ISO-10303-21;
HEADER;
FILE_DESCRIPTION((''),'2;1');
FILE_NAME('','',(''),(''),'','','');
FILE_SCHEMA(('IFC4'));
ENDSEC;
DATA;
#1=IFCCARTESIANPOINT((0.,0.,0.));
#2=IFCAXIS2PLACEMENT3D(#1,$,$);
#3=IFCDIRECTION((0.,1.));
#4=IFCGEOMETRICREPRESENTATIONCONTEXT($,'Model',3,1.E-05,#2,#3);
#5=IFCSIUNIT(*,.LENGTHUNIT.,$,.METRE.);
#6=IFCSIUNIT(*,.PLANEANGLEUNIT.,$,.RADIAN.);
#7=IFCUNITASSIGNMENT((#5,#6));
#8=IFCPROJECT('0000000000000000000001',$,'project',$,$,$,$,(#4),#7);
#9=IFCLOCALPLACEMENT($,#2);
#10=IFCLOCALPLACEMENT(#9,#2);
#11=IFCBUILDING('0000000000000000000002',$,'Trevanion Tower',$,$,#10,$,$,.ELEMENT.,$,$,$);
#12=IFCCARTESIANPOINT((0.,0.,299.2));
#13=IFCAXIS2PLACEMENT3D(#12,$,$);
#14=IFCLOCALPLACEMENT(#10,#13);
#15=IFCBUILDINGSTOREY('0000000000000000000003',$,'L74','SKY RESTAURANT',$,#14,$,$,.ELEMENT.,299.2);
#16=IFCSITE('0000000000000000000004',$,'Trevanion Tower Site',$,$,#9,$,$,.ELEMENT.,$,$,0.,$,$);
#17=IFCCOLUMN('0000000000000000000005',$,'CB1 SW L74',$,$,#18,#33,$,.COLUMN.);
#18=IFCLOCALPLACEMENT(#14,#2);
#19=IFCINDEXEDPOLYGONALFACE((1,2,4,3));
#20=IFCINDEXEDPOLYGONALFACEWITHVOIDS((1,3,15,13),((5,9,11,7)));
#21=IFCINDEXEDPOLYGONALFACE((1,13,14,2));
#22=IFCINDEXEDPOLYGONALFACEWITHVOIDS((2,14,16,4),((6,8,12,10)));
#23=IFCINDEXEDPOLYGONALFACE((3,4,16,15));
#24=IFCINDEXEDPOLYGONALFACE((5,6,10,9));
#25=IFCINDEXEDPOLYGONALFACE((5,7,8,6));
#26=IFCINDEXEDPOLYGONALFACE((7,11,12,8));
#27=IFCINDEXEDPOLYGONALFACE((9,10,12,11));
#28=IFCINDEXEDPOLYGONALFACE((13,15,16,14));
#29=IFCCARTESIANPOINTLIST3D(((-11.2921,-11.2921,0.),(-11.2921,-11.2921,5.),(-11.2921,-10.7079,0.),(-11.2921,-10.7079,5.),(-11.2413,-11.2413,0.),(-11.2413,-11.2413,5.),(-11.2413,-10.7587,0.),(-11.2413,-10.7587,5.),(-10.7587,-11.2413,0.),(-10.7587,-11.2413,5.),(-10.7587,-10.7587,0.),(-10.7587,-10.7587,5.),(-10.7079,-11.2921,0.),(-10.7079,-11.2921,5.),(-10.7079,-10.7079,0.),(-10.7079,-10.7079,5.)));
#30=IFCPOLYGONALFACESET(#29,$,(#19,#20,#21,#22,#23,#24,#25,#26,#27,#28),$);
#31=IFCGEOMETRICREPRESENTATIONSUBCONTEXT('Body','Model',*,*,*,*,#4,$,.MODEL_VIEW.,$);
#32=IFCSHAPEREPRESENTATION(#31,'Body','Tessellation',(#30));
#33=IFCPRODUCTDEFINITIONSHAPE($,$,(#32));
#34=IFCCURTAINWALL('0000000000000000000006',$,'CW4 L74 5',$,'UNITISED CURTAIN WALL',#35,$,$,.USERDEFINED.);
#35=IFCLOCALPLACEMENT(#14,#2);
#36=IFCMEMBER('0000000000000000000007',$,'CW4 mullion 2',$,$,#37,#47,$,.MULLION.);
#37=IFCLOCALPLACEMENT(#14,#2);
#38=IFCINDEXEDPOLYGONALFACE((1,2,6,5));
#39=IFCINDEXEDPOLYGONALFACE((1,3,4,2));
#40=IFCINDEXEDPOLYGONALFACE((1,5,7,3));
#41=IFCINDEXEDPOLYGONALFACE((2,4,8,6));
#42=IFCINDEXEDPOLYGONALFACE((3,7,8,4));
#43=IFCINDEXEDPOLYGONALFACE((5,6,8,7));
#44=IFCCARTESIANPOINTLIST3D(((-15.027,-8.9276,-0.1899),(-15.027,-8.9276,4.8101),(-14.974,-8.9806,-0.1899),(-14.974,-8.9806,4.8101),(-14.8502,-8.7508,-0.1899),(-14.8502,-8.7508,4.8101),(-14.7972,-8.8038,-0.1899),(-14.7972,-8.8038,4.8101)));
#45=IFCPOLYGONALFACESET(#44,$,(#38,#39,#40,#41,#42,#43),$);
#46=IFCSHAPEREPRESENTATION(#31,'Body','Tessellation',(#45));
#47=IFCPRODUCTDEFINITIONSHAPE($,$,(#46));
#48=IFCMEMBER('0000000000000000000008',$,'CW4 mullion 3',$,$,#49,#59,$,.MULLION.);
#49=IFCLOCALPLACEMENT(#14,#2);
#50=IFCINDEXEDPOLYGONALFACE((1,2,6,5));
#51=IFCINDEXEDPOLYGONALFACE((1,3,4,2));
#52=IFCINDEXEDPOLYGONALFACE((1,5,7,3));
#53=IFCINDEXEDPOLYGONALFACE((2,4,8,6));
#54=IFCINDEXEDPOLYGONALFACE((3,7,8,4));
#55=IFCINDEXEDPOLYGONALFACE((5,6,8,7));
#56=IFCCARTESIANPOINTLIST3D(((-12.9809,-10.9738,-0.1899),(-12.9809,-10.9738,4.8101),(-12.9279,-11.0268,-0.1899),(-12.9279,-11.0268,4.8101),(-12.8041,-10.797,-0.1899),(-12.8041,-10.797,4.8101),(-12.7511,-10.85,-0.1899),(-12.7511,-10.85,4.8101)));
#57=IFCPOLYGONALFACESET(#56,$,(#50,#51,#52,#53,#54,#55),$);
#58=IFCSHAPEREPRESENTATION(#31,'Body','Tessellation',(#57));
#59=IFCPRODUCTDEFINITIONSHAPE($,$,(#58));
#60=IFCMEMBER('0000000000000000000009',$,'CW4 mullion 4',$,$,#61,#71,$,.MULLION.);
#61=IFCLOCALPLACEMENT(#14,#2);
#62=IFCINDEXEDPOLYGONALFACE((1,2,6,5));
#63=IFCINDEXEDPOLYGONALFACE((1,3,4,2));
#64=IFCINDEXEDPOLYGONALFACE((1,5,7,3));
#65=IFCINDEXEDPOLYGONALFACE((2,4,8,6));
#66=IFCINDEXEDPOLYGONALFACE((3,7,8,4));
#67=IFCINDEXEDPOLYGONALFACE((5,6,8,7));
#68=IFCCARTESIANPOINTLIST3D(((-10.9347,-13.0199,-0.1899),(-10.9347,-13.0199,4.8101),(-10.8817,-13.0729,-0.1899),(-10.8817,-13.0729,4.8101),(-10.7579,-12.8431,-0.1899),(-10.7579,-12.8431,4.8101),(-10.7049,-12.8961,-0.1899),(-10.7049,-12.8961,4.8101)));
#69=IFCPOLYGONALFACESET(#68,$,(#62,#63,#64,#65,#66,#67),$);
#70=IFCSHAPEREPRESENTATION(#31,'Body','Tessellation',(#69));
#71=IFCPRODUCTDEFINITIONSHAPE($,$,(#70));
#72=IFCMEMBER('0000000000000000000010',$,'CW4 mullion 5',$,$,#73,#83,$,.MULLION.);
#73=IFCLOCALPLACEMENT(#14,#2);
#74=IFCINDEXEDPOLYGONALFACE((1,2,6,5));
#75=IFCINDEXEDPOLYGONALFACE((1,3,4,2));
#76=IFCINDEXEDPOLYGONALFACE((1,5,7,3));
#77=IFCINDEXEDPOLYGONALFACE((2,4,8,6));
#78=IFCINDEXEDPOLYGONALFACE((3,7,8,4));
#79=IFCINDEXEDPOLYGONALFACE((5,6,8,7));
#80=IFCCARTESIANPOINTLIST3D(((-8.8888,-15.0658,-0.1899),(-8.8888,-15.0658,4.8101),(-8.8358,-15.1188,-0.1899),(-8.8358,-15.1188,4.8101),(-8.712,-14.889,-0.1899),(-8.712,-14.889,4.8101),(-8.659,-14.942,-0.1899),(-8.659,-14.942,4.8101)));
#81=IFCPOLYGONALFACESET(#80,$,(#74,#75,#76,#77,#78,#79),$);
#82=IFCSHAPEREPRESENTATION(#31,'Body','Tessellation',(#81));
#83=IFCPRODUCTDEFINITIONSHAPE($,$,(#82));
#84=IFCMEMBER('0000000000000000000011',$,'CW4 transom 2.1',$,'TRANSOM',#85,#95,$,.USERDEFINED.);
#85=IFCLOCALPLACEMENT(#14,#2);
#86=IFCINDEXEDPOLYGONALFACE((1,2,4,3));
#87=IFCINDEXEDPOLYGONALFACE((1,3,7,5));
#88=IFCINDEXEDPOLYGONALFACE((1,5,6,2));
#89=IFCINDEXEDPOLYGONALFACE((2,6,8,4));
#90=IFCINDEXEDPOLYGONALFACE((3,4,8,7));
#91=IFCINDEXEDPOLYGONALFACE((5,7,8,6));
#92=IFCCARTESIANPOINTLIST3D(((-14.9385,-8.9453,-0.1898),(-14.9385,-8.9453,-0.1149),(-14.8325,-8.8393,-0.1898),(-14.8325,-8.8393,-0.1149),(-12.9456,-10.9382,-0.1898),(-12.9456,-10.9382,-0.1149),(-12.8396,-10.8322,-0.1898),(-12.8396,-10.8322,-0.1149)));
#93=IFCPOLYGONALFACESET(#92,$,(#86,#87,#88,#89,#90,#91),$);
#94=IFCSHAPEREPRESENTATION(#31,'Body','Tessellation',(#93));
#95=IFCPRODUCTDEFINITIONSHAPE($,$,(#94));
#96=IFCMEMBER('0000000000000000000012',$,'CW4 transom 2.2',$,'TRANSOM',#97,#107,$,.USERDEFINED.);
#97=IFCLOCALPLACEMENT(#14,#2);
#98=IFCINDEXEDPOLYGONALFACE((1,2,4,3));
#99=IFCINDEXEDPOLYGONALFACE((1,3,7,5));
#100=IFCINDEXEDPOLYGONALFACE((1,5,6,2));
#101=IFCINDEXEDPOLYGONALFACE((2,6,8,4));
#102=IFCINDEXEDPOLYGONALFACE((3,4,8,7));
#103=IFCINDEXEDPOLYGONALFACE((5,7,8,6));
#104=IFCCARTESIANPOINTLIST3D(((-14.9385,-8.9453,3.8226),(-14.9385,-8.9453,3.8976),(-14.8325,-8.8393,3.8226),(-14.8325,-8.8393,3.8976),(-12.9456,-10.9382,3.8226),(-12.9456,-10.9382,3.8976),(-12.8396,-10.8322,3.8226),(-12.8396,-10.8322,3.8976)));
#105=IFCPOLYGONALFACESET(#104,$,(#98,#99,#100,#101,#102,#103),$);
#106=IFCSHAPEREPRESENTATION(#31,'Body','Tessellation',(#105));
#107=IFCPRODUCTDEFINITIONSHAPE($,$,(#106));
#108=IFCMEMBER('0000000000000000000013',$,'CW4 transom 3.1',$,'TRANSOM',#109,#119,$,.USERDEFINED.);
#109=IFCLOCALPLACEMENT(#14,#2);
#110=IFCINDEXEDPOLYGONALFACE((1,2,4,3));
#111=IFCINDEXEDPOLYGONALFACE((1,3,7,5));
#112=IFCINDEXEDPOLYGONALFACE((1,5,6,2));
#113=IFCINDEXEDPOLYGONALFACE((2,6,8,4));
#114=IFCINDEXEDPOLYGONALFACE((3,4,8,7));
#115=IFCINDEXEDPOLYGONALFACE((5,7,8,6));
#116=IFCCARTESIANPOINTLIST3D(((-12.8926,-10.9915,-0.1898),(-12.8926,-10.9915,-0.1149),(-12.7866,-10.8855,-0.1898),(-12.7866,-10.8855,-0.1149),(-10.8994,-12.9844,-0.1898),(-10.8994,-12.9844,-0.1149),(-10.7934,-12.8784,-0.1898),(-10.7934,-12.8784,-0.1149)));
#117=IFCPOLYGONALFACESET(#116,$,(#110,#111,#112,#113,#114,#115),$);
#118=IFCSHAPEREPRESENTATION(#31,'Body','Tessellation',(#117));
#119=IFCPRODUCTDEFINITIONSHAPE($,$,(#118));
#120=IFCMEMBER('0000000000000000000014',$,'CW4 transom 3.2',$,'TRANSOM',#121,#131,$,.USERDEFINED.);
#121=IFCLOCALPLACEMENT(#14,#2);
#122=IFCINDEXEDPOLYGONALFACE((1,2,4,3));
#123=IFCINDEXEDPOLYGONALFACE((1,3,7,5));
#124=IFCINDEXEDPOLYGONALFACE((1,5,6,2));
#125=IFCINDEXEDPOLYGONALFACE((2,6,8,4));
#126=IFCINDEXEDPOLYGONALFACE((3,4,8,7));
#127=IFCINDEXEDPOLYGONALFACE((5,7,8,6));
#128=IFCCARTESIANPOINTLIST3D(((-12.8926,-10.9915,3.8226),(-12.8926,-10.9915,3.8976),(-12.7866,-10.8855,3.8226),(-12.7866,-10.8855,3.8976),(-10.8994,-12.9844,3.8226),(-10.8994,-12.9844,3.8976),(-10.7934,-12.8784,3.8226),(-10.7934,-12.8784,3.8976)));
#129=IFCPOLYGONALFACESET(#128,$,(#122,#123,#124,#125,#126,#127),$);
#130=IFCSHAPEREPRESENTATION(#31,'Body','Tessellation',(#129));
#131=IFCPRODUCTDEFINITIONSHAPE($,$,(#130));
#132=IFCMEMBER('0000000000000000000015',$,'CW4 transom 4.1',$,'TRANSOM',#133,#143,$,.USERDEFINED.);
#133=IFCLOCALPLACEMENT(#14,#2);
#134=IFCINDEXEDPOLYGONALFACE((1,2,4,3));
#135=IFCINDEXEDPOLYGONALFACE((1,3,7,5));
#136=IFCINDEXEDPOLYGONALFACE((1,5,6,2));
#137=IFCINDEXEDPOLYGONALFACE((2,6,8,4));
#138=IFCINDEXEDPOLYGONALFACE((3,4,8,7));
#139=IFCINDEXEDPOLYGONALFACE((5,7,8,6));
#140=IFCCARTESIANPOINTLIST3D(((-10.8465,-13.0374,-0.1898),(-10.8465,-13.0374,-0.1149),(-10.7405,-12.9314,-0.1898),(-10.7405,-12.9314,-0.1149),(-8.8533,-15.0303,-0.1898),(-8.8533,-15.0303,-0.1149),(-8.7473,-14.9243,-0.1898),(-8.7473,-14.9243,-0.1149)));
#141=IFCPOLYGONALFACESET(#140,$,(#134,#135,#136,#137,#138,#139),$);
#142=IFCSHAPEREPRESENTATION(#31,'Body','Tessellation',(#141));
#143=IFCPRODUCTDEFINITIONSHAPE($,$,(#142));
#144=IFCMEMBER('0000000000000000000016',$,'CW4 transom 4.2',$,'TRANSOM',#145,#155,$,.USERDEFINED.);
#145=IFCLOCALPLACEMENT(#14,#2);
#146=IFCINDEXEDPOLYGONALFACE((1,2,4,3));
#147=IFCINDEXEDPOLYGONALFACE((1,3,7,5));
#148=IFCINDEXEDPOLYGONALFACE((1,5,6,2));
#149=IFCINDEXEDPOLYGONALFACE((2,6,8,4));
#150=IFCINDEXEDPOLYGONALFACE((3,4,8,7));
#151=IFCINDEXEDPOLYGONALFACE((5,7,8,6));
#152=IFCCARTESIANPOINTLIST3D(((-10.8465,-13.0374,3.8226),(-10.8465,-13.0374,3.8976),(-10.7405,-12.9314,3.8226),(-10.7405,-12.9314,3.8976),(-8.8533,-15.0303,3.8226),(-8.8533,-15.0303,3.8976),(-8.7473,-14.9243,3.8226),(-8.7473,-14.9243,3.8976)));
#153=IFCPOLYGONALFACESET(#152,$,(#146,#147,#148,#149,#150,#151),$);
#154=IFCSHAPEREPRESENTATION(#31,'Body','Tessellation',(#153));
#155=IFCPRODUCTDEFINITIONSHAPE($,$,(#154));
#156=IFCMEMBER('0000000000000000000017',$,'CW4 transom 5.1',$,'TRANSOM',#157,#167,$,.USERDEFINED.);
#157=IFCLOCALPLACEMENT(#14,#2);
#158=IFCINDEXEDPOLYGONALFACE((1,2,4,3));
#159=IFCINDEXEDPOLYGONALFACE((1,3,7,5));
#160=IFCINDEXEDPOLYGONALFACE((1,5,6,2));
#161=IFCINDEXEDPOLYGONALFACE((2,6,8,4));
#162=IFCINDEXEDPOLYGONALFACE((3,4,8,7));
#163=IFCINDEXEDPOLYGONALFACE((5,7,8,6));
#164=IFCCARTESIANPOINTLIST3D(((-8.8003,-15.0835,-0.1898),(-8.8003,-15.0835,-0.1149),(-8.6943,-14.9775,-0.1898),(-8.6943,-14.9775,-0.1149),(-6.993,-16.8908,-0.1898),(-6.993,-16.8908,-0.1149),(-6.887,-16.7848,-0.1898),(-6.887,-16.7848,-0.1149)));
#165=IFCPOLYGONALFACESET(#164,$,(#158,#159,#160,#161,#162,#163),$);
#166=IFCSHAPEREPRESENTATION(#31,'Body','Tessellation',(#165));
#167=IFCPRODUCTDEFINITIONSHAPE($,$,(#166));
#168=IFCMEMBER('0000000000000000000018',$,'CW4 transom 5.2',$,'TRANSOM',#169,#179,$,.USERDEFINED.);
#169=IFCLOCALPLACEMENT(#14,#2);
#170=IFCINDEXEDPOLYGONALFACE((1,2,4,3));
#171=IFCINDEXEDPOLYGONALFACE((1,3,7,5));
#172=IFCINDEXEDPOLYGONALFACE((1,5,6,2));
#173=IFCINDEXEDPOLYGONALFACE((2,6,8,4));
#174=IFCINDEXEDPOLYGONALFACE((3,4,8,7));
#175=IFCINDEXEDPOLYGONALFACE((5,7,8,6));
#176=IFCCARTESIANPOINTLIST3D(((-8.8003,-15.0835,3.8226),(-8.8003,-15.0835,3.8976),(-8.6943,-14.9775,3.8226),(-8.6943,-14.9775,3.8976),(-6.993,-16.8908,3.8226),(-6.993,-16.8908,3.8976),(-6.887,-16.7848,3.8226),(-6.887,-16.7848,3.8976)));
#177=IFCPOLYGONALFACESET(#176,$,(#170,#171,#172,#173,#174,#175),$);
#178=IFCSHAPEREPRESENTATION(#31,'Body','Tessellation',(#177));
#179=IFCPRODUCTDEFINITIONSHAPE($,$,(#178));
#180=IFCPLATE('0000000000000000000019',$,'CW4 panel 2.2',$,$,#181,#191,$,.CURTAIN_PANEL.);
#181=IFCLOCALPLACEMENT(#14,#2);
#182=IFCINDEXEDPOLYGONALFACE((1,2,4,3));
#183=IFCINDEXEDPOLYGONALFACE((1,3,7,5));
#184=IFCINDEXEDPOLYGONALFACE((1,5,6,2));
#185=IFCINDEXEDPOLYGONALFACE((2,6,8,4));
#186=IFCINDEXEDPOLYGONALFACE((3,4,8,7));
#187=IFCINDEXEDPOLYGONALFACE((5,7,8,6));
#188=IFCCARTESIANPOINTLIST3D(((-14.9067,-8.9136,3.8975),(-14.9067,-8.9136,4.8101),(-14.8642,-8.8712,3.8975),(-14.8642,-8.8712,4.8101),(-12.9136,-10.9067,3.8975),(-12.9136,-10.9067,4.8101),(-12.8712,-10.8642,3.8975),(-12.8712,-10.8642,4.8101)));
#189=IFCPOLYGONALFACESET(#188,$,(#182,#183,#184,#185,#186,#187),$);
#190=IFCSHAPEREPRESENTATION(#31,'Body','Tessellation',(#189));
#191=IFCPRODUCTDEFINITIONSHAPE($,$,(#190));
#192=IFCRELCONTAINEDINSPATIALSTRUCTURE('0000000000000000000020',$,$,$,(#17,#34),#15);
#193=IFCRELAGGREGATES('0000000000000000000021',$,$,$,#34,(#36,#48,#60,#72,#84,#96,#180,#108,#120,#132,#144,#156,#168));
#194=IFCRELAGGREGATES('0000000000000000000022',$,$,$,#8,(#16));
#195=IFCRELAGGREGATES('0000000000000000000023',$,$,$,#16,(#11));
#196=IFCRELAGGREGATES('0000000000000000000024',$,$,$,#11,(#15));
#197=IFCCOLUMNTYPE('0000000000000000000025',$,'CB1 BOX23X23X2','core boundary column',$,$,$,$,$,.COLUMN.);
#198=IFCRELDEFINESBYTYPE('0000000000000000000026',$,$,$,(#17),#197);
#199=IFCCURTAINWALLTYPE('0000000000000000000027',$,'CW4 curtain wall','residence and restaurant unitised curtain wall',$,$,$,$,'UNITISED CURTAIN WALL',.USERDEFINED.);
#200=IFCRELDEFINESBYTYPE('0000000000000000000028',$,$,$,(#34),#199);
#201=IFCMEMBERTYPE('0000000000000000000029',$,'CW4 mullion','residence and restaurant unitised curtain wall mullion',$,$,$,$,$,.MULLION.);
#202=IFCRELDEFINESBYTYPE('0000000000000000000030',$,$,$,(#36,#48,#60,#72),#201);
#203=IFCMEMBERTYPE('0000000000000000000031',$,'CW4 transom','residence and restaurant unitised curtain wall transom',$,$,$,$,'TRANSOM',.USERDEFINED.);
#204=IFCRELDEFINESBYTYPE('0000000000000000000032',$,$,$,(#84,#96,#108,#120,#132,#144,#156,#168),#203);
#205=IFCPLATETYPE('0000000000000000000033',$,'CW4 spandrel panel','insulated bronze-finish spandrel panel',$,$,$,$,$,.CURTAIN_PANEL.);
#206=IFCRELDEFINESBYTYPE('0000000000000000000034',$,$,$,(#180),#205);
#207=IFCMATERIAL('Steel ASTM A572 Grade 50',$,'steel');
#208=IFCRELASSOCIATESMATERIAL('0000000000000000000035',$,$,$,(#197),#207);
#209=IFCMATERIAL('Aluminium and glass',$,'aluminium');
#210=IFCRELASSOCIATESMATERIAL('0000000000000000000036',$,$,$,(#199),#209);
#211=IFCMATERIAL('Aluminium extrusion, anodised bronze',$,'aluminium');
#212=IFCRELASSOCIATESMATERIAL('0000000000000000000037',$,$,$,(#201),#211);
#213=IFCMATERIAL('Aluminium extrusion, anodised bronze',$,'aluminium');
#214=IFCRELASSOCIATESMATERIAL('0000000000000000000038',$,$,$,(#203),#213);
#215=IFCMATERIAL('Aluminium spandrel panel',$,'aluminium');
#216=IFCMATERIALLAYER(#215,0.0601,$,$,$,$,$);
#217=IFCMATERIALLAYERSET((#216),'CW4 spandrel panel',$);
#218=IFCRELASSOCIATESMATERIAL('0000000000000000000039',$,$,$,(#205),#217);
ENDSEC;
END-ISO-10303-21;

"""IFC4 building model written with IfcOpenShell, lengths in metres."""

from ifc_helpers import new_model, si_unit, direction, frame, origin, origin_2d, place, context, subcontext, project, spatial, rectangle, hollow_rectangle, extrude, material, layer, layer_set, material_profile, profile_set, type_object, element, aggregate, save


model = new_model("IFC4")

# Units and contexts
model_context = context("Model", 3, precision=1e-05, world=origin(), true_north=direction((0.0, 1.0)))
body_context = subcontext(model_context, "Body", "Model", "MODEL_VIEW")
ifc_project = project(units=[si_unit("LENGTHUNIT", "METRE"), si_unit("PLANEANGLEUNIT", "RADIAN")], contexts=[model_context])

# Site, building, storey
site_placement = place(None, origin())
site = spatial("IfcSite", under=ifc_project, at=site_placement, Name="Trevanion Tower Site", CompositionType="ELEMENT", RefElevation=0.0)
building_placement = place(site_placement, origin())
building = spatial("IfcBuilding", under=site, at=building_placement, Name="Trevanion Tower", CompositionType="ELEMENT")
storey_placement = place(building_placement, frame((0.0, 0.0, 299.2)))
storey = spatial("IfcBuildingStorey", under=building, at=storey_placement, Name="L74", Description="SKY RESTAURANT", CompositionType="ELEMENT", Elevation=299.2)

# Column
ifc_material_1 = material(Name="Steel ASTM A572 Grade 50", Category="steel")
ifc_material_profile_1 = material_profile(ifc_material_1, hollow_rectangle(XDim=0.5842, YDim=0.5842, WallThickness=0.0508, at=origin_2d()), Name="BOX23X23X2")
ifc_profile_set_1 = profile_set([ifc_material_profile_1], Name="Steel ASTM A572 Grade 50")
column_type = type_object("IfcColumnType", Name="CB1 BOX23X23X2", Description="core boundary column", PredefinedType="COLUMN", material=ifc_profile_set_1)
column_placement = place(storey_placement, frame((-11.0, -11.0, 0.0), z_axis=(0.0, 0.0, 1.0), x_axis=(1.0, 0.0, 0.0)))
element("IfcColumn", 1, at=column_placement, inside=storey, type_object=column_type, Name="CB1 SW L74", PredefinedType="COLUMN", context=body_context, shape_type="SweptSolid", body=[
    extrude(hollow_rectangle(XDim=0.5842, YDim=0.5842, WallThickness=0.0508, at=origin_2d()), origin(), (0.0, 0.0, 1.0), 5.0),
])

# Curtain wall, members, plate
ifc_material_2 = material(Name="Aluminium and glass", Category="aluminium")
curtain_wall_type = type_object("IfcCurtainWallType", Name="CW4 curtain wall", Description="residence and restaurant unitised curtain wall", ElementType="UNITISED CURTAIN WALL", PredefinedType="USERDEFINED", material=ifc_material_2)
curtain_wall_placement = place(storey_placement, origin())
curtain_wall = element("IfcCurtainWall", 2, at=curtain_wall_placement, inside=storey, type_object=curtain_wall_type, Name="CW4 L74 5", ObjectType="UNITISED CURTAIN WALL", PredefinedType="USERDEFINED")
ifc_material_3 = material(Name="Aluminium extrusion, anodised bronze", Category="aluminium")
ifc_material_profile_2 = material_profile(ifc_material_3, rectangle(XDim=0.075, YDim=0.25, at=origin_2d()), Name="CW4 mullion")
ifc_profile_set_2 = profile_set([ifc_material_profile_2], Name="Aluminium extrusion, anodised bronze")
member_type_1 = type_object("IfcMemberType", Name="CW4 mullion", Description="residence and restaurant unitised curtain wall mullion", PredefinedType="MULLION", material=ifc_profile_set_2)
member_1_placement = place(storey_placement, frame((-14.9121, -8.8657, -0.1899), z_axis=(0.0, 0.0, 1.0), x_axis=(0.707107, -0.707107, 0.0)))
member_1 = element("IfcMember", 3, at=member_1_placement, type_object=member_type_1, Name="CW4 mullion 2", PredefinedType="MULLION", context=body_context, shape_type="SweptSolid", body=[
    extrude(rectangle(XDim=0.075, YDim=0.25, at=origin_2d()), origin(), (0.0, 0.0, 1.0), 5.0),
])
member_2_placement = place(storey_placement, frame((-12.866, -10.9119, -0.1899), z_axis=(0.0, 0.0, 1.0), x_axis=(0.707107, -0.707107, 0.0)))
member_2 = element("IfcMember", 4, at=member_2_placement, type_object=member_type_1, Name="CW4 mullion 3", PredefinedType="MULLION", context=body_context, shape_type="SweptSolid", body=[
    extrude(rectangle(XDim=0.075, YDim=0.25, at=origin_2d()), origin(), (0.0, 0.0, 1.0), 5.0),
])
member_3_placement = place(storey_placement, frame((-10.8198, -12.958, -0.1899), z_axis=(0.0, 0.0, 1.0), x_axis=(0.707107, -0.707107, 0.0)))
member_3 = element("IfcMember", 5, at=member_3_placement, type_object=member_type_1, Name="CW4 mullion 4", PredefinedType="MULLION", context=body_context, shape_type="SweptSolid", body=[
    extrude(rectangle(XDim=0.075, YDim=0.25, at=origin_2d()), origin(), (0.0, 0.0, 1.0), 5.0),
])
member_4_placement = place(storey_placement, frame((-8.7739, -15.0039, -0.1899), z_axis=(0.0, 0.0, 1.0), x_axis=(0.707107, -0.707107, 0.0)))
member_4 = element("IfcMember", 6, at=member_4_placement, type_object=member_type_1, Name="CW4 mullion 5", PredefinedType="MULLION", context=body_context, shape_type="SweptSolid", body=[
    extrude(rectangle(XDim=0.075, YDim=0.25, at=origin_2d()), origin(), (0.0, 0.0, 1.0), 5.0),
])
ifc_material_4 = material(Name="Aluminium extrusion, anodised bronze", Category="aluminium")
ifc_material_profile_3 = material_profile(ifc_material_4, rectangle(XDim=0.1499, YDim=0.075, at=origin_2d()), Name="CW4 transom")
ifc_profile_set_3 = profile_set([ifc_material_profile_3], Name="Aluminium extrusion, anodised bronze")
member_type_2 = type_object("IfcMemberType", Name="CW4 transom", Description="residence and restaurant unitised curtain wall transom", ElementType="TRANSOM", PredefinedType="USERDEFINED", material=ifc_profile_set_3)
member_5_placement = place(storey_placement, frame((-14.8855, -8.8923, -0.1523), z_axis=(0.707107, -0.707107, 0.0), x_axis=(0.707107, 0.707107, 0.0)))
member_5 = element("IfcMember", 7, at=member_5_placement, type_object=member_type_2, Name="CW4 transom 2.1", ObjectType="TRANSOM", PredefinedType="USERDEFINED", context=body_context, shape_type="SweptSolid", body=[
    extrude(rectangle(XDim=0.1499, YDim=0.075, at=origin_2d()), origin(), (0.0, 0.0, 1.0), 2.8184),
])
member_6_placement = place(storey_placement, frame((-14.8855, -8.8923, 3.8601), z_axis=(0.707107, -0.707107, 0.0), x_axis=(0.707107, 0.707107, 0.0)))
member_6 = element("IfcMember", 8, at=member_6_placement, type_object=member_type_2, Name="CW4 transom 2.2", ObjectType="TRANSOM", PredefinedType="USERDEFINED", context=body_context, shape_type="SweptSolid", body=[
    extrude(rectangle(XDim=0.1499, YDim=0.075, at=origin_2d()), origin(), (0.0, 0.0, 1.0), 2.8184),
])
member_7_placement = place(storey_placement, frame((-12.8396, -10.9385, -0.1523), z_axis=(0.70715, -0.707063, 0.0), x_axis=(0.707063, 0.70715, 0.0)))
member_7 = element("IfcMember", 9, at=member_7_placement, type_object=member_type_2, Name="CW4 transom 3.1", ObjectType="TRANSOM", PredefinedType="USERDEFINED", context=body_context, shape_type="SweptSolid", body=[
    extrude(rectangle(XDim=0.1499, YDim=0.075, at=origin_2d()), origin(), (0.0, 0.0, 1.0), 2.8186),
])
member_8_placement = place(storey_placement, frame((-12.8396, -10.9385, 3.8601), z_axis=(0.70715, -0.707063, 0.0), x_axis=(0.707063, 0.70715, 0.0)))
member_8 = element("IfcMember", 10, at=member_8_placement, type_object=member_type_2, Name="CW4 transom 3.2", ObjectType="TRANSOM", PredefinedType="USERDEFINED", context=body_context, shape_type="SweptSolid", body=[
    extrude(rectangle(XDim=0.1499, YDim=0.075, at=origin_2d()), origin(), (0.0, 0.0, 1.0), 2.8186),
])
member_9_placement = place(storey_placement, frame((-10.7935, -12.9844, -0.1523), z_axis=(0.70715, -0.707063, 0.0), x_axis=(0.707063, 0.70715, 0.0)))
member_9 = element("IfcMember", 11, at=member_9_placement, type_object=member_type_2, Name="CW4 transom 4.1", ObjectType="TRANSOM", PredefinedType="USERDEFINED", context=body_context, shape_type="SweptSolid", body=[
    extrude(rectangle(XDim=0.1499, YDim=0.075, at=origin_2d()), origin(), (0.0, 0.0, 1.0), 2.8186),
])
member_10_placement = place(storey_placement, frame((-10.7935, -12.9844, 3.8601), z_axis=(0.70715, -0.707063, 0.0), x_axis=(0.707063, 0.70715, 0.0)))
member_10 = element("IfcMember", 12, at=member_10_placement, type_object=member_type_2, Name="CW4 transom 4.2", ObjectType="TRANSOM", PredefinedType="USERDEFINED", context=body_context, shape_type="SweptSolid", body=[
    extrude(rectangle(XDim=0.1499, YDim=0.075, at=origin_2d()), origin(), (0.0, 0.0, 1.0), 2.8186),
])
member_11_placement = place(storey_placement, frame((-8.7473, -15.0305, -0.1523), z_axis=(0.707107, -0.707107, 0.0), x_axis=(0.707107, 0.707107, 0.0)))
member_11 = element("IfcMember", 13, at=member_11_placement, type_object=member_type_2, Name="CW4 transom 5.1", ObjectType="TRANSOM", PredefinedType="USERDEFINED", context=body_context, shape_type="SweptSolid", body=[
    extrude(rectangle(XDim=0.1499, YDim=0.075, at=origin_2d()), origin(), (0.0, 0.0, 1.0), 2.5559),
])
member_12_placement = place(storey_placement, frame((-8.7473, -15.0305, 3.8601), z_axis=(0.707107, -0.707107, 0.0), x_axis=(0.707107, 0.707107, 0.0)))
member_12 = element("IfcMember", 14, at=member_12_placement, type_object=member_type_2, Name="CW4 transom 5.2", ObjectType="TRANSOM", PredefinedType="USERDEFINED", context=body_context, shape_type="SweptSolid", body=[
    extrude(rectangle(XDim=0.1499, YDim=0.075, at=origin_2d()), origin(), (0.0, 0.0, 1.0), 2.5559),
])
ifc_material_5 = material(Name="Aluminium spandrel panel", Category="aluminium")
ifc_layer_1 = layer(ifc_material_5, 0.0601)
ifc_layer_set_1 = layer_set([ifc_layer_1], Name="CW4 spandrel panel")
plate_type_1 = type_object("IfcPlateType", Name="CW4 spandrel panel", Description="insulated bronze-finish spandrel panel", PredefinedType="CURTAIN_PANEL", material=ifc_layer_set_1)
plate_1_placement = place(storey_placement, frame((-13.8889, -9.8889, 3.8975), z_axis=(0.0, 0.0, 1.0), x_axis=(0.707107, -0.707107, 0.0)))
plate_1 = element("IfcPlate", 15, at=plate_1_placement, type_object=plate_type_1, Name="CW4 panel 2.2", PredefinedType="CURTAIN_PANEL", context=body_context, shape_type="SweptSolid", body=[
    extrude(rectangle(XDim=2.8186, YDim=0.0601, at=origin_2d()), origin(), (0.0, 0.0, 1.0), 0.9126),
])
aggregate(curtain_wall, [member_1, member_2, member_3, member_4, member_5, member_6, plate_1, member_7, member_8, member_9, member_10, member_11, member_12])

save(model, "model.ifc")
